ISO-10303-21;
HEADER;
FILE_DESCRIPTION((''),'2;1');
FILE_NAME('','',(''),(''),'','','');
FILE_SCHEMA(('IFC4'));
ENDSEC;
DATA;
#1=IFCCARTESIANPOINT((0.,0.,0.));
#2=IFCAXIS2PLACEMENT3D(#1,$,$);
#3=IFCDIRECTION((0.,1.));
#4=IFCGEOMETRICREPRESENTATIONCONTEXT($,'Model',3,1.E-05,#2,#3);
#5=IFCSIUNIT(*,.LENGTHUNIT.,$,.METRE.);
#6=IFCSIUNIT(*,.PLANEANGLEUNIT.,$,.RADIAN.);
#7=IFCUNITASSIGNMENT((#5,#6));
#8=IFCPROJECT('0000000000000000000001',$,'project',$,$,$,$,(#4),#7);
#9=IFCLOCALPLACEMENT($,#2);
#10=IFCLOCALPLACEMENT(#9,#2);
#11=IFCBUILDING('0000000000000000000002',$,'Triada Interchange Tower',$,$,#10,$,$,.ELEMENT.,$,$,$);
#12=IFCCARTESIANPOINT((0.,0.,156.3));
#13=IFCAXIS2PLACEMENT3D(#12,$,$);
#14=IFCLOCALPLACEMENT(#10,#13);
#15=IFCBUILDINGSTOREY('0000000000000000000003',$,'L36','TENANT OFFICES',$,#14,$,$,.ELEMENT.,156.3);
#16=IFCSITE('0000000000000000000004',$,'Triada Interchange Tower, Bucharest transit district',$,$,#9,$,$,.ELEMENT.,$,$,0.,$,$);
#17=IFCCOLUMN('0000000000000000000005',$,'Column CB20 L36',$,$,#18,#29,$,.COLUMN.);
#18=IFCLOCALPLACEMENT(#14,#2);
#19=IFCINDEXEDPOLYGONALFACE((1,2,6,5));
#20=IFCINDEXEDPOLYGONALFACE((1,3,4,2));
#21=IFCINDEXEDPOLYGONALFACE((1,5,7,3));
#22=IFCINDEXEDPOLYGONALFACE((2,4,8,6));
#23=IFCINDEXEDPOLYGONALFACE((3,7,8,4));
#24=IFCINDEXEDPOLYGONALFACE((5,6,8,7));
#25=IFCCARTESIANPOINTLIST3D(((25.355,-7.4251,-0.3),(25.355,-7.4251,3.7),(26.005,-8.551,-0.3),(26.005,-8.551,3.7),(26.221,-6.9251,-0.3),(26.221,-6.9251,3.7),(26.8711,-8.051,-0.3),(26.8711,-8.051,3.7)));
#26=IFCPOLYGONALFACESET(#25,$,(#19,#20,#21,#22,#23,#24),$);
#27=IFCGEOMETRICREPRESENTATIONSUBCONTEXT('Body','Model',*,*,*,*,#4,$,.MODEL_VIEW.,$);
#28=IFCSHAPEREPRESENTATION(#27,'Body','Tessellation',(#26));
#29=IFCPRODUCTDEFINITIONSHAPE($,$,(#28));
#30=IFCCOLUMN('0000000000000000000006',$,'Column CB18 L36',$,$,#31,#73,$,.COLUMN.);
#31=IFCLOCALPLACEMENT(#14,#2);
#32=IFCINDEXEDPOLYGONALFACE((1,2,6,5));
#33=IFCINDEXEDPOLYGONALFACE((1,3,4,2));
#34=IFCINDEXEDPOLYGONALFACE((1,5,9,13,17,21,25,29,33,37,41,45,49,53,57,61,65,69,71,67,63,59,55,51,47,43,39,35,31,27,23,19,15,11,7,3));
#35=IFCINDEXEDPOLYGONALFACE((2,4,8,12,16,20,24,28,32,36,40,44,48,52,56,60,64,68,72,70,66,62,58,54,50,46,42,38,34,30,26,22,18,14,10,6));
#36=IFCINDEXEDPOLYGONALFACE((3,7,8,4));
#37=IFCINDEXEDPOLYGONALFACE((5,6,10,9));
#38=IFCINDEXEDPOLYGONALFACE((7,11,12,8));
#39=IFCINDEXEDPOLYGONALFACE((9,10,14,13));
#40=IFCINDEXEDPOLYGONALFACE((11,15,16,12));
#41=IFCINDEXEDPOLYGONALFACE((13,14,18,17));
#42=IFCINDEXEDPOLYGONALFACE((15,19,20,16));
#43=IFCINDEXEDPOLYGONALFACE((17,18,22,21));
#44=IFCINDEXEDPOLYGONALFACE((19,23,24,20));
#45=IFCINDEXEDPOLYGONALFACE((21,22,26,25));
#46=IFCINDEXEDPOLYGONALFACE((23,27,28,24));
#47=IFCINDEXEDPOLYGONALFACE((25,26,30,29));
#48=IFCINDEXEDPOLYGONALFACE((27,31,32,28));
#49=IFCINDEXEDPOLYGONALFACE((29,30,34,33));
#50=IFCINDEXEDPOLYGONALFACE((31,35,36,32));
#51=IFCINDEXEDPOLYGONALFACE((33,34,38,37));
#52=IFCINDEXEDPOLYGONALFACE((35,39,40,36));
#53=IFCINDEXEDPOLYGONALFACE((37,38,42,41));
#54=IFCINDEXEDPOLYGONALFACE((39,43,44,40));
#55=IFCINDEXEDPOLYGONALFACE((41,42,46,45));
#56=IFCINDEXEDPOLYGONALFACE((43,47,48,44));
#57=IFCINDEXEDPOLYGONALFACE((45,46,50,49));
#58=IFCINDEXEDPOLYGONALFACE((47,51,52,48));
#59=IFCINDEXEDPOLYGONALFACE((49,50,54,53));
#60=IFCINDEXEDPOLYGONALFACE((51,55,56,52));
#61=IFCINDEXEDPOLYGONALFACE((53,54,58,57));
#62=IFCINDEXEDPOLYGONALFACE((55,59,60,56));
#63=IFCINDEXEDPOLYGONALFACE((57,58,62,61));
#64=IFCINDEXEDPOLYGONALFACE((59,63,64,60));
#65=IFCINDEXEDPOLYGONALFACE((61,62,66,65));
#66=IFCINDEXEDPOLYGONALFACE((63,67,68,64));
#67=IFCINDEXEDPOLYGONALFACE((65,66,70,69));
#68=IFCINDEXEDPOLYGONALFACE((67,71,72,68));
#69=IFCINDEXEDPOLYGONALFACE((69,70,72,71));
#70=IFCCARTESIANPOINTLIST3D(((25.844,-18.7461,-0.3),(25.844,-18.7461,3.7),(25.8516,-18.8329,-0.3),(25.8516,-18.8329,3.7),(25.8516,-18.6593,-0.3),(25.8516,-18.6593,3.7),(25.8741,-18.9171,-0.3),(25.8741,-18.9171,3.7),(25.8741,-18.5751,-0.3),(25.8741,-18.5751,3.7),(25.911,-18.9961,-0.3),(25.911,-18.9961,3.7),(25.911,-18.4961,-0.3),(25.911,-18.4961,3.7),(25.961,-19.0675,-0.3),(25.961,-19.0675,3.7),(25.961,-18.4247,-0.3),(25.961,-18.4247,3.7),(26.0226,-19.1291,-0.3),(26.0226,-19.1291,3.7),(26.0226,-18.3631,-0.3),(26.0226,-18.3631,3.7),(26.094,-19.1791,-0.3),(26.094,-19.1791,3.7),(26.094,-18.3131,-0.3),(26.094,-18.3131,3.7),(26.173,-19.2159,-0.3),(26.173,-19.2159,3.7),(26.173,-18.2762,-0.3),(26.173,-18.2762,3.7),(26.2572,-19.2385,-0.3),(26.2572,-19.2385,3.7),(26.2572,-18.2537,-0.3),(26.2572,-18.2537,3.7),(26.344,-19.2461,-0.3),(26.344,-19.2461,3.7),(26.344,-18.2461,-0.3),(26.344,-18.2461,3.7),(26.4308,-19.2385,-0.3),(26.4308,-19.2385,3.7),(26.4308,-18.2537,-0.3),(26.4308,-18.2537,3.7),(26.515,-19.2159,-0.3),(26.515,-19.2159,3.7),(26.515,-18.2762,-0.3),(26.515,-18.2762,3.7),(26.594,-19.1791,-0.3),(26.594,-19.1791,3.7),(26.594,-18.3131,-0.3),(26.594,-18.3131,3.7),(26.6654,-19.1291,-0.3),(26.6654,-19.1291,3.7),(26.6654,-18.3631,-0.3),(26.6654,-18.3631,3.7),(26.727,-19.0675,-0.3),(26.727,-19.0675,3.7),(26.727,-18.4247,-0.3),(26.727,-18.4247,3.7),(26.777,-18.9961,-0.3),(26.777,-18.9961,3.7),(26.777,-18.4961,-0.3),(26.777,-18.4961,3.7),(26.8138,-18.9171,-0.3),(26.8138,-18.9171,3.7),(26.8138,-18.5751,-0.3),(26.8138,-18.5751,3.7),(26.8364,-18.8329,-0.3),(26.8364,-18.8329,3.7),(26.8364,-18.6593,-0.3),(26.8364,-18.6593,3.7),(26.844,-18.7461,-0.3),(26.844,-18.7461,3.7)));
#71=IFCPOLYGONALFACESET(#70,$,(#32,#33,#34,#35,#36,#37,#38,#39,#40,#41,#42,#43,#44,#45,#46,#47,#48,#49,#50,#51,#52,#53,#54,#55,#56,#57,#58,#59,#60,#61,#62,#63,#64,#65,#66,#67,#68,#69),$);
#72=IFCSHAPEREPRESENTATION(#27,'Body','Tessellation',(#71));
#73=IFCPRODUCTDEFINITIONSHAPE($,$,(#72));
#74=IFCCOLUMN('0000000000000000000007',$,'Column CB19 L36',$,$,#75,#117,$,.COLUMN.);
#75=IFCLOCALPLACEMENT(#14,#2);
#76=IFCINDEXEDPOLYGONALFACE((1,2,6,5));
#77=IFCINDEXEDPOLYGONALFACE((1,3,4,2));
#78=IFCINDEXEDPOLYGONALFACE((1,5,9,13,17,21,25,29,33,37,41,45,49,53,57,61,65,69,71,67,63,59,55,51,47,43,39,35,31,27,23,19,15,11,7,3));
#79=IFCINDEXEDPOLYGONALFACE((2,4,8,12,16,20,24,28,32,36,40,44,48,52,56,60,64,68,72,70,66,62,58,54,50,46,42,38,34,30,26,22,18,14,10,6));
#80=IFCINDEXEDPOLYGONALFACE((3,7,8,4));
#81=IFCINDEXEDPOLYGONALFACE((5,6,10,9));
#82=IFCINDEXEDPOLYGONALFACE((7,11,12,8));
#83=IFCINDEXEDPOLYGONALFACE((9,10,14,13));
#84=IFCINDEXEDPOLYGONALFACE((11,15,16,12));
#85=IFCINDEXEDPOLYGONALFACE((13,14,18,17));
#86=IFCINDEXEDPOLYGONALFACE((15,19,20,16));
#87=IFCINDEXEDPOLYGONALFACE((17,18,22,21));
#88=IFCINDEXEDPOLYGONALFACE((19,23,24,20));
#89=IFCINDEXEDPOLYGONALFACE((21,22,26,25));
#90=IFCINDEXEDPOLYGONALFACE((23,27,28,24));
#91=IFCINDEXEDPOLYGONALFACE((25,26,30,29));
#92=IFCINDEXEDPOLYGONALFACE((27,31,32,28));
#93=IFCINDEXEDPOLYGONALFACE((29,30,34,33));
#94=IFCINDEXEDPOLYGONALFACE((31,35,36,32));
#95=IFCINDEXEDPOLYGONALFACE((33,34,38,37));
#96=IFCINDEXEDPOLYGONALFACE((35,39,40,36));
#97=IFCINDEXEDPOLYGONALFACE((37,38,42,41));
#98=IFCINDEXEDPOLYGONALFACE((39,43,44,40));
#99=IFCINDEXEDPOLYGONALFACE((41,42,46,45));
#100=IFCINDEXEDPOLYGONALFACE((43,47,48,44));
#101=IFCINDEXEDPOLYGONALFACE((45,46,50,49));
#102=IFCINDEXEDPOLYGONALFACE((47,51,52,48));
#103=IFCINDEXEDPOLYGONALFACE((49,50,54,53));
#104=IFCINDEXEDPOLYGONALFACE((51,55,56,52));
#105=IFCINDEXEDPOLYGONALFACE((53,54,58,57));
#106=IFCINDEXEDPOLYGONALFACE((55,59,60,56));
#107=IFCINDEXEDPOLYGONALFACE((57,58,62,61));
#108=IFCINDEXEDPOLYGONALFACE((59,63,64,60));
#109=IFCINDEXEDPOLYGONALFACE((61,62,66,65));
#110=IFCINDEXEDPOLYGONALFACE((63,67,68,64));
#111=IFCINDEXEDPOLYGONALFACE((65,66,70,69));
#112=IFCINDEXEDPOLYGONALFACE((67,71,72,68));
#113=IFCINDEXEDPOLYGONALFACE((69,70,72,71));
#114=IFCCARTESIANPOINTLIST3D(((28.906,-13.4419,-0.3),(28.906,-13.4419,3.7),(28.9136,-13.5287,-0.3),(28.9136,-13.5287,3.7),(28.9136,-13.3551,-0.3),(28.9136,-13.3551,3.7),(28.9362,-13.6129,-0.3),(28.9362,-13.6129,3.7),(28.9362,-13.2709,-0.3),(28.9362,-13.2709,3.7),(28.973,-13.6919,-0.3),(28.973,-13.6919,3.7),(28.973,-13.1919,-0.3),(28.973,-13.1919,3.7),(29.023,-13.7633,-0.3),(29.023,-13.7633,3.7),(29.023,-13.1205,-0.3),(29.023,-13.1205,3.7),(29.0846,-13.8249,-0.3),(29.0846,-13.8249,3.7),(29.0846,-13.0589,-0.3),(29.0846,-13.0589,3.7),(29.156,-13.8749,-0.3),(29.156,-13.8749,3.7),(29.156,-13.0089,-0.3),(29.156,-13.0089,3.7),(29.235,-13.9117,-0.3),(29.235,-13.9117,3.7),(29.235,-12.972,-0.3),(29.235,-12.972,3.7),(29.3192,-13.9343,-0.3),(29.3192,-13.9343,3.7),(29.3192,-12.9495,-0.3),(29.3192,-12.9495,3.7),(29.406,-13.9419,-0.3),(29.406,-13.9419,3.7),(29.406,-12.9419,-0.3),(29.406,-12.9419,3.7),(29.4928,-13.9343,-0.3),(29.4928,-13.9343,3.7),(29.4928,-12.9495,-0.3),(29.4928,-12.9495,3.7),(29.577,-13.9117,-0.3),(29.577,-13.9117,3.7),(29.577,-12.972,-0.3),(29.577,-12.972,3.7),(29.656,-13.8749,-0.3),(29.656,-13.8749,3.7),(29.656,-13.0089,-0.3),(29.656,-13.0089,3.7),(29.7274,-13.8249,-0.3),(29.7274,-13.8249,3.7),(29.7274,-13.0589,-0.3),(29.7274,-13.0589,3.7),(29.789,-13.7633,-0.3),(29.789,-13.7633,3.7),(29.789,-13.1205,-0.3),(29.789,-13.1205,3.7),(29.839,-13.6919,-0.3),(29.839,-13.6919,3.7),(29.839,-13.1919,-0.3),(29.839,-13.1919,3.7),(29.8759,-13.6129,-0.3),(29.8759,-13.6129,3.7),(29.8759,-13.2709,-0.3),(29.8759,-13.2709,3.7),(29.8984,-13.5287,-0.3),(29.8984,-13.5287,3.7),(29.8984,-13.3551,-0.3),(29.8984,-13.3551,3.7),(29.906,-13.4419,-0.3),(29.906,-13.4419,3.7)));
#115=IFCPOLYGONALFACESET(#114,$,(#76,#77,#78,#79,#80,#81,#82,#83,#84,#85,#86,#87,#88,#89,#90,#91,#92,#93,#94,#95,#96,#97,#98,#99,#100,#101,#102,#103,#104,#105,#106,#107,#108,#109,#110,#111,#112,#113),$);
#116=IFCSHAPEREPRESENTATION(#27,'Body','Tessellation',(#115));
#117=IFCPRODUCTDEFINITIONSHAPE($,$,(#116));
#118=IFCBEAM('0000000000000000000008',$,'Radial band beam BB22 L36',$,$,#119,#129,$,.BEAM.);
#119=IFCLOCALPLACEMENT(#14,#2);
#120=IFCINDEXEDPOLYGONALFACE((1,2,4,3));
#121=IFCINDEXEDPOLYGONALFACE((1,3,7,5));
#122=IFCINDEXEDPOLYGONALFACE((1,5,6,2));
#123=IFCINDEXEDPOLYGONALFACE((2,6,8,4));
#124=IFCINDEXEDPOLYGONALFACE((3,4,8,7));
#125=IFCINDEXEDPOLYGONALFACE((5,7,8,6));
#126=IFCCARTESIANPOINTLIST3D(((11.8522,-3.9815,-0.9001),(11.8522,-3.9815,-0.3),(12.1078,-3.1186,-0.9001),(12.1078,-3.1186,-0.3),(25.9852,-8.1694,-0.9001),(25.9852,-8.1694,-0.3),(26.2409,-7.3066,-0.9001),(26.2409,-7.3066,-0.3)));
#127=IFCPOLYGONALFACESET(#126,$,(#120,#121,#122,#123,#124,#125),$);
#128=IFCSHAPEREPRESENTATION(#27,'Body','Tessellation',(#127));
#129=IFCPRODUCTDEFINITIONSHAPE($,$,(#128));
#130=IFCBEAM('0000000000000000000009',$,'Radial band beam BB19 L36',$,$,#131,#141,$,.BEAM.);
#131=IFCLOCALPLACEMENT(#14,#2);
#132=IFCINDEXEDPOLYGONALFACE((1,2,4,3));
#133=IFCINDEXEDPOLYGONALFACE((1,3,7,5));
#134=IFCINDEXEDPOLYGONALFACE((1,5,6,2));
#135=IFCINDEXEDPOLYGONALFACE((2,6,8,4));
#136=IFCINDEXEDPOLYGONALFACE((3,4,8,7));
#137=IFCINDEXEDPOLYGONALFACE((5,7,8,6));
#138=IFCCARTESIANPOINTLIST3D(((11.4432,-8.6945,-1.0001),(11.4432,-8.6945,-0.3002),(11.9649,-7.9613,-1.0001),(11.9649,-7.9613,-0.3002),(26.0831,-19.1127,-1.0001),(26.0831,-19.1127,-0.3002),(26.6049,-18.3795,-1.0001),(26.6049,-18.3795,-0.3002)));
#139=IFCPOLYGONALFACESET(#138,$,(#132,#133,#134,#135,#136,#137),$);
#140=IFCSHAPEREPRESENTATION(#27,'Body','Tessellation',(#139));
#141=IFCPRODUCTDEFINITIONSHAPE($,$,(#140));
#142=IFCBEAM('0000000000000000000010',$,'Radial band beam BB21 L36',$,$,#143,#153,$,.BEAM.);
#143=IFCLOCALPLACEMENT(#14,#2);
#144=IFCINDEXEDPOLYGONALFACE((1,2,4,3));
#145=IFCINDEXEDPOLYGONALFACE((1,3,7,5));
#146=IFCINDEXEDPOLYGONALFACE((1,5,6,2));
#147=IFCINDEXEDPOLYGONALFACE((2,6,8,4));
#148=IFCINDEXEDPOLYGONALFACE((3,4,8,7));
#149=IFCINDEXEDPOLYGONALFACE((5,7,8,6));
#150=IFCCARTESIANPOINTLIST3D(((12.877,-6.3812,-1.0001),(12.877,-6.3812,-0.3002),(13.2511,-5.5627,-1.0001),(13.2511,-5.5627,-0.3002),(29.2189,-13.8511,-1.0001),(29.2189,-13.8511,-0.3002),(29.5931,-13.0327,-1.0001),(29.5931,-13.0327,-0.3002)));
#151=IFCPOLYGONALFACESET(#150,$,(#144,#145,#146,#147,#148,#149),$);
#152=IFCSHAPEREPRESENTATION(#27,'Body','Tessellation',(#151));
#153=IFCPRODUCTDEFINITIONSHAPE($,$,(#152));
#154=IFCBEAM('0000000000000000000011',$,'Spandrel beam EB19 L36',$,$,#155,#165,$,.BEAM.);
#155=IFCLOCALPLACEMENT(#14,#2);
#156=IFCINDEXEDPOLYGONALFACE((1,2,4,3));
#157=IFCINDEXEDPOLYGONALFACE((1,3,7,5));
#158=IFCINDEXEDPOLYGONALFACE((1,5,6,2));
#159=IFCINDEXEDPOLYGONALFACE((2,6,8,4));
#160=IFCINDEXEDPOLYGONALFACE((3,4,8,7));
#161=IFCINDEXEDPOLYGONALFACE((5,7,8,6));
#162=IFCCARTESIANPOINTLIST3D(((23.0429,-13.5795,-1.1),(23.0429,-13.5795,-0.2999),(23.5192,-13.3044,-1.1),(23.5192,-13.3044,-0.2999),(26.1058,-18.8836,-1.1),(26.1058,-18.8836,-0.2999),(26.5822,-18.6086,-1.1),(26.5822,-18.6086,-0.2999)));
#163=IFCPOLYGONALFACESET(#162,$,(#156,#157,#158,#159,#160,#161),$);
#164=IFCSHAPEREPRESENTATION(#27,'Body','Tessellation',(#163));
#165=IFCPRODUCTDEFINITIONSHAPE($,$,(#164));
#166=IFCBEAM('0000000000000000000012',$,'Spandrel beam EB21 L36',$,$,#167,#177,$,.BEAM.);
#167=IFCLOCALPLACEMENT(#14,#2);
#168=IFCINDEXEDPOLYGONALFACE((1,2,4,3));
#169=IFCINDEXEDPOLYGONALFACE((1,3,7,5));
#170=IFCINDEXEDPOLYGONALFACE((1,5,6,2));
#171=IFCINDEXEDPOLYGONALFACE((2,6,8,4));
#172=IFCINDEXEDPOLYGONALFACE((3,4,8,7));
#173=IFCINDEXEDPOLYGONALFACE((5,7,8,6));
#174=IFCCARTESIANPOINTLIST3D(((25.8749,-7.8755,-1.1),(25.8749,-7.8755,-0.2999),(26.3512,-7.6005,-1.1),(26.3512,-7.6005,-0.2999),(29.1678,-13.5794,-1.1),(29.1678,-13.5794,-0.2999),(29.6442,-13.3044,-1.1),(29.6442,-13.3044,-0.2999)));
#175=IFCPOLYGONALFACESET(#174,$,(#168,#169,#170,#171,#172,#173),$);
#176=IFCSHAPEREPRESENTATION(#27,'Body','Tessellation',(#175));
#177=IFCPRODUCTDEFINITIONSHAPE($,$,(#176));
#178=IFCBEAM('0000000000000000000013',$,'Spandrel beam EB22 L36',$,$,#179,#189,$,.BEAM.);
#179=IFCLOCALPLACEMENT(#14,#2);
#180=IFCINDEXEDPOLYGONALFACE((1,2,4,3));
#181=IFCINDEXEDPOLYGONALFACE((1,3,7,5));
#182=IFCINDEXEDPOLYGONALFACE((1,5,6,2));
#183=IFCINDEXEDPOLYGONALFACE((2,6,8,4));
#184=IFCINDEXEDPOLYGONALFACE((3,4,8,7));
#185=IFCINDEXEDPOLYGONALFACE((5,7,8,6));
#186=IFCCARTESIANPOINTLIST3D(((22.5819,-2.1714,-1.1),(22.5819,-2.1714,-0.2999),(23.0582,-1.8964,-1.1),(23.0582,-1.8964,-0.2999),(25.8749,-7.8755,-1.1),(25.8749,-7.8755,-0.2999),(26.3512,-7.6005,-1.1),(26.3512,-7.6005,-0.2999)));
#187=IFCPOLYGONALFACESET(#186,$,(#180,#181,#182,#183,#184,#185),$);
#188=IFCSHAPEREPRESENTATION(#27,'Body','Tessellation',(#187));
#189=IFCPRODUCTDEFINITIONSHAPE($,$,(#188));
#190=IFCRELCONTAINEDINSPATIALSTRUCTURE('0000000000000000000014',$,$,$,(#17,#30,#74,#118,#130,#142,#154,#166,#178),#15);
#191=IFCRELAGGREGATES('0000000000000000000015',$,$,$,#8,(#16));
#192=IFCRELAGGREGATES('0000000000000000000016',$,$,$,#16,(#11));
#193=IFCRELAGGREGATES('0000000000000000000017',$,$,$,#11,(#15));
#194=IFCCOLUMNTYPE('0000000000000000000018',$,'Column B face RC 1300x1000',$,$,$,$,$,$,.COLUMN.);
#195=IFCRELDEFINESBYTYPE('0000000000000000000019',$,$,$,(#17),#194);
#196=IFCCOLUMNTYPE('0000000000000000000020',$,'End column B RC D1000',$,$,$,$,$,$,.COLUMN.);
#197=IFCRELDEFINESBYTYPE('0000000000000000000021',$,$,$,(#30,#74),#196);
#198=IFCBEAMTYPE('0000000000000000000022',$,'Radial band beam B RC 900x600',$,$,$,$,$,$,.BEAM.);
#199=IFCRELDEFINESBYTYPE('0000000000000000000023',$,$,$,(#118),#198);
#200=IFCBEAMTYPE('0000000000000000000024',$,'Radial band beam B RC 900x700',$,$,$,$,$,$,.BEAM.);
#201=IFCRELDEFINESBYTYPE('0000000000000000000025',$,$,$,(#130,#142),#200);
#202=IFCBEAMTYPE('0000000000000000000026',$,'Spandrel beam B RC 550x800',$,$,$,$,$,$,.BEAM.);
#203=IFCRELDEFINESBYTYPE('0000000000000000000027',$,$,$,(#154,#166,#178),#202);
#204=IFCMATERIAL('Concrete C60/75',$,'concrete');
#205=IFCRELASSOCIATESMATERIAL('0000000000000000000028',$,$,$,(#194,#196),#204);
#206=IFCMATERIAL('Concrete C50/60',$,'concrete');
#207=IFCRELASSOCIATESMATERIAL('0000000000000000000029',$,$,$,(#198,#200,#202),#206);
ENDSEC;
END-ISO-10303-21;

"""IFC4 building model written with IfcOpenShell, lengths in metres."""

from ifc_helpers import new_model, si_unit, direction, frame, origin, origin_2d, place, context, subcontext, project, spatial, rectangle, circle, extrude, material, material_profile, profile_set, type_object, element, save


model = new_model("IFC4")

# Units and contexts
model_context = context("Model", 3, precision=1e-05, world=origin(), true_north=direction((0.0, 1.0)))
body_context = subcontext(model_context, "Body", "Model", "MODEL_VIEW")
ifc_project = project(units=[si_unit("LENGTHUNIT", "METRE"), si_unit("PLANEANGLEUNIT", "RADIAN")], contexts=[model_context])

# Site, building, storey
site_placement = place(None, origin())
site = spatial("IfcSite", under=ifc_project, at=site_placement, Name="Triada Interchange Tower, Bucharest transit district", CompositionType="ELEMENT", RefElevation=0.0)
building_placement = place(site_placement, origin())
building = spatial("IfcBuilding", under=site, at=building_placement, Name="Triada Interchange Tower", CompositionType="ELEMENT")
storey_placement = place(building_placement, frame((0.0, 0.0, 156.3)))
storey = spatial("IfcBuildingStorey", under=building, at=storey_placement, Name="L36", Description="TENANT OFFICES", CompositionType="ELEMENT", Elevation=156.3)

# Columns
ifc_material_1 = material(Name="Concrete C60/75", Category="concrete")
ifc_material_profile_1 = material_profile(ifc_material_1, rectangle(XDim=1.3, YDim=1.0, at=origin_2d()), Name="RC 1300x1000")
ifc_profile_set_1 = profile_set([ifc_material_profile_1], Name="Concrete C60/75")
column_type_1 = type_object("IfcColumnType", Name="Column B face RC 1300x1000", PredefinedType="COLUMN", material=ifc_profile_set_1)
column_placement = place(storey_placement, frame((26.113, -7.738, -0.3), z_axis=(0.0, 0.0, 1.0), x_axis=(-0.5, 0.866025, 0.0)))
element("IfcColumn", 1, at=column_placement, inside=storey, type_object=column_type_1, Name="Column CB20 L36", PredefinedType="COLUMN", context=body_context, shape_type="SweptSolid", body=[
    extrude(rectangle(XDim=1.3, YDim=1.0, at=origin_2d()), origin(), (0.0, 0.0, 1.0), 4.0),
])
ifc_material_profile_2 = material_profile(ifc_material_1, circle(Radius=0.5, at=origin_2d()), Name="RC D1000")
ifc_profile_set_2 = profile_set([ifc_material_profile_2], Name="Concrete C60/75")
column_type_2 = type_object("IfcColumnType", Name="End column B RC D1000", PredefinedType="COLUMN", material=ifc_profile_set_2)
for number, where, z_axis, x_axis, name in (
    (2, (26.344, -18.7461, -0.3), (0.0, 0.0, 1.0), (1.0, 0.0, 0.0), "Column CB18 L36"),
    (3, (29.406, -13.4419, -0.3), (0.0, 0.0, 1.0), (-0.5, 0.866025, 0.0), "Column CB19 L36"),
):
    element("IfcColumn", number, at=place(storey_placement, frame(where, z_axis=z_axis, x_axis=x_axis)), inside=storey, type_object=column_type_2, Name=name, PredefinedType="COLUMN", context=body_context, shape_type="SweptSolid", body=[
        extrude(circle(Radius=0.5, at=origin_2d()), origin(), (0.0, 0.0, 1.0), 4.0),
    ])

# Beams
ifc_material_2 = material(Name="Concrete C50/60", Category="concrete")
ifc_material_profile_3 = material_profile(ifc_material_2, rectangle(XDim=0.8999, YDim=0.6001, at=origin_2d()), Name="RC 900x600")
ifc_profile_set_3 = profile_set([ifc_material_profile_3], Name="Concrete C50/60")
beam_type_1 = type_object("IfcBeamType", Name="Radial band beam B RC 900x600", PredefinedType="BEAM", material=ifc_profile_set_3)
beam_1_placement = place(storey_placement, frame((26.113, -7.738, -0.6001), z_axis=(-0.95879, 0.284114, 0.0), x_axis=(-0.284114, -0.95879, 0.0)))
element("IfcBeam", 4, at=beam_1_placement, inside=storey, type_object=beam_type_1, Name="Radial band beam BB22 L36", PredefinedType="BEAM", context=body_context, shape_type="SweptSolid", body=[
    extrude(rectangle(XDim=0.8999, YDim=0.6001, at=origin_2d()), origin(), (0.0, 0.0, 1.0), 14.7405),
])
ifc_material_profile_4 = material_profile(ifc_material_2, rectangle(XDim=0.8999, YDim=0.7, at=origin_2d()), Name="RC 900x700")
ifc_profile_set_4 = profile_set([ifc_material_profile_4], Name="Concrete C50/60")
beam_type_2 = type_object("IfcBeamType", Name="Radial band beam B RC 900x700", PredefinedType="BEAM", material=ifc_profile_set_4)
beam_2_placement = place(storey_placement, frame((26.344, -18.7461, -0.6501), z_axis=(-0.814755, 0.579805, 0.0), x_axis=(-0.579805, -0.814755, 0.0)))
element("IfcBeam", 5, at=beam_2_placement, inside=storey, type_object=beam_type_2, Name="Radial band beam BB19 L36", PredefinedType="BEAM", context=body_context, shape_type="SweptSolid", body=[
    extrude(rectangle(XDim=0.8999, YDim=0.7, at=origin_2d()), origin(), (0.0, 0.0, 1.0), 17.9685),
])
beam_3_placement = place(storey_placement, frame((29.406, -13.4419, -0.6501), z_axis=(-0.909489, 0.415729, 0.0), x_axis=(-0.415729, -0.909489, 0.0)))
element("IfcBeam", 6, at=beam_3_placement, inside=storey, type_object=beam_type_2, Name="Radial band beam BB21 L36", PredefinedType="BEAM", context=body_context, shape_type="SweptSolid", body=[
    extrude(rectangle(XDim=0.8999, YDim=0.7, at=origin_2d()), origin(), (0.0, 0.0, 1.0), 17.9683),
])
ifc_material_profile_5 = material_profile(ifc_material_2, rectangle(XDim=0.55, YDim=0.8, at=origin_2d()), Name="RC 550x800")
ifc_profile_set_5 = profile_set([ifc_material_profile_5], Name="Concrete C50/60")
beam_type_3 = type_object("IfcBeamType", Name="Spandrel beam B RC 550x800", PredefinedType="BEAM", material=ifc_profile_set_5)
beam_4_placement = place(storey_placement, frame((26.344, -18.7461, -0.7), z_axis=(-0.500074, 0.865982, 0.0), x_axis=(-0.865982, -0.500074, 0.0)))
element("IfcBeam", 7, at=beam_4_placement, inside=storey, type_object=beam_type_3, Name="Spandrel beam EB19 L36", PredefinedType="BEAM", context=body_context, shape_type="SweptSolid", body=[
    extrude(rectangle(XDim=0.55, YDim=0.8, at=origin_2d()), origin(), (0.0, 0.0, 1.0), 6.125),
])
beam_5_placement = place(storey_placement, frame((29.406, -13.4419, -0.7), z_axis=(-0.499982, 0.866036, 0.0), x_axis=(-0.866036, -0.499982, 0.0)))
element("IfcBeam", 8, at=beam_5_placement, inside=storey, type_object=beam_type_3, Name="Spandrel beam EB21 L36", PredefinedType="BEAM", context=body_context, shape_type="SweptSolid", body=[
    extrude(rectangle(XDim=0.55, YDim=0.8, at=origin_2d()), origin(), (0.0, 0.0, 1.0), 6.5862),
])
beam_6_placement = place(storey_placement, frame((26.113, -7.738, -0.7), z_axis=(-0.499966, 0.866045, 0.0), x_axis=(-0.866045, -0.499966, 0.0)))
element("IfcBeam", 9, at=beam_6_placement, inside=storey, type_object=beam_type_3, Name="Spandrel beam EB22 L36", PredefinedType="BEAM", context=body_context, shape_type="SweptSolid", body=[
    extrude(rectangle(XDim=0.55, YDim=0.8, at=origin_2d()), origin(), (0.0, 0.0, 1.0), 6.5864),
])

save(model, "model.ifc")
